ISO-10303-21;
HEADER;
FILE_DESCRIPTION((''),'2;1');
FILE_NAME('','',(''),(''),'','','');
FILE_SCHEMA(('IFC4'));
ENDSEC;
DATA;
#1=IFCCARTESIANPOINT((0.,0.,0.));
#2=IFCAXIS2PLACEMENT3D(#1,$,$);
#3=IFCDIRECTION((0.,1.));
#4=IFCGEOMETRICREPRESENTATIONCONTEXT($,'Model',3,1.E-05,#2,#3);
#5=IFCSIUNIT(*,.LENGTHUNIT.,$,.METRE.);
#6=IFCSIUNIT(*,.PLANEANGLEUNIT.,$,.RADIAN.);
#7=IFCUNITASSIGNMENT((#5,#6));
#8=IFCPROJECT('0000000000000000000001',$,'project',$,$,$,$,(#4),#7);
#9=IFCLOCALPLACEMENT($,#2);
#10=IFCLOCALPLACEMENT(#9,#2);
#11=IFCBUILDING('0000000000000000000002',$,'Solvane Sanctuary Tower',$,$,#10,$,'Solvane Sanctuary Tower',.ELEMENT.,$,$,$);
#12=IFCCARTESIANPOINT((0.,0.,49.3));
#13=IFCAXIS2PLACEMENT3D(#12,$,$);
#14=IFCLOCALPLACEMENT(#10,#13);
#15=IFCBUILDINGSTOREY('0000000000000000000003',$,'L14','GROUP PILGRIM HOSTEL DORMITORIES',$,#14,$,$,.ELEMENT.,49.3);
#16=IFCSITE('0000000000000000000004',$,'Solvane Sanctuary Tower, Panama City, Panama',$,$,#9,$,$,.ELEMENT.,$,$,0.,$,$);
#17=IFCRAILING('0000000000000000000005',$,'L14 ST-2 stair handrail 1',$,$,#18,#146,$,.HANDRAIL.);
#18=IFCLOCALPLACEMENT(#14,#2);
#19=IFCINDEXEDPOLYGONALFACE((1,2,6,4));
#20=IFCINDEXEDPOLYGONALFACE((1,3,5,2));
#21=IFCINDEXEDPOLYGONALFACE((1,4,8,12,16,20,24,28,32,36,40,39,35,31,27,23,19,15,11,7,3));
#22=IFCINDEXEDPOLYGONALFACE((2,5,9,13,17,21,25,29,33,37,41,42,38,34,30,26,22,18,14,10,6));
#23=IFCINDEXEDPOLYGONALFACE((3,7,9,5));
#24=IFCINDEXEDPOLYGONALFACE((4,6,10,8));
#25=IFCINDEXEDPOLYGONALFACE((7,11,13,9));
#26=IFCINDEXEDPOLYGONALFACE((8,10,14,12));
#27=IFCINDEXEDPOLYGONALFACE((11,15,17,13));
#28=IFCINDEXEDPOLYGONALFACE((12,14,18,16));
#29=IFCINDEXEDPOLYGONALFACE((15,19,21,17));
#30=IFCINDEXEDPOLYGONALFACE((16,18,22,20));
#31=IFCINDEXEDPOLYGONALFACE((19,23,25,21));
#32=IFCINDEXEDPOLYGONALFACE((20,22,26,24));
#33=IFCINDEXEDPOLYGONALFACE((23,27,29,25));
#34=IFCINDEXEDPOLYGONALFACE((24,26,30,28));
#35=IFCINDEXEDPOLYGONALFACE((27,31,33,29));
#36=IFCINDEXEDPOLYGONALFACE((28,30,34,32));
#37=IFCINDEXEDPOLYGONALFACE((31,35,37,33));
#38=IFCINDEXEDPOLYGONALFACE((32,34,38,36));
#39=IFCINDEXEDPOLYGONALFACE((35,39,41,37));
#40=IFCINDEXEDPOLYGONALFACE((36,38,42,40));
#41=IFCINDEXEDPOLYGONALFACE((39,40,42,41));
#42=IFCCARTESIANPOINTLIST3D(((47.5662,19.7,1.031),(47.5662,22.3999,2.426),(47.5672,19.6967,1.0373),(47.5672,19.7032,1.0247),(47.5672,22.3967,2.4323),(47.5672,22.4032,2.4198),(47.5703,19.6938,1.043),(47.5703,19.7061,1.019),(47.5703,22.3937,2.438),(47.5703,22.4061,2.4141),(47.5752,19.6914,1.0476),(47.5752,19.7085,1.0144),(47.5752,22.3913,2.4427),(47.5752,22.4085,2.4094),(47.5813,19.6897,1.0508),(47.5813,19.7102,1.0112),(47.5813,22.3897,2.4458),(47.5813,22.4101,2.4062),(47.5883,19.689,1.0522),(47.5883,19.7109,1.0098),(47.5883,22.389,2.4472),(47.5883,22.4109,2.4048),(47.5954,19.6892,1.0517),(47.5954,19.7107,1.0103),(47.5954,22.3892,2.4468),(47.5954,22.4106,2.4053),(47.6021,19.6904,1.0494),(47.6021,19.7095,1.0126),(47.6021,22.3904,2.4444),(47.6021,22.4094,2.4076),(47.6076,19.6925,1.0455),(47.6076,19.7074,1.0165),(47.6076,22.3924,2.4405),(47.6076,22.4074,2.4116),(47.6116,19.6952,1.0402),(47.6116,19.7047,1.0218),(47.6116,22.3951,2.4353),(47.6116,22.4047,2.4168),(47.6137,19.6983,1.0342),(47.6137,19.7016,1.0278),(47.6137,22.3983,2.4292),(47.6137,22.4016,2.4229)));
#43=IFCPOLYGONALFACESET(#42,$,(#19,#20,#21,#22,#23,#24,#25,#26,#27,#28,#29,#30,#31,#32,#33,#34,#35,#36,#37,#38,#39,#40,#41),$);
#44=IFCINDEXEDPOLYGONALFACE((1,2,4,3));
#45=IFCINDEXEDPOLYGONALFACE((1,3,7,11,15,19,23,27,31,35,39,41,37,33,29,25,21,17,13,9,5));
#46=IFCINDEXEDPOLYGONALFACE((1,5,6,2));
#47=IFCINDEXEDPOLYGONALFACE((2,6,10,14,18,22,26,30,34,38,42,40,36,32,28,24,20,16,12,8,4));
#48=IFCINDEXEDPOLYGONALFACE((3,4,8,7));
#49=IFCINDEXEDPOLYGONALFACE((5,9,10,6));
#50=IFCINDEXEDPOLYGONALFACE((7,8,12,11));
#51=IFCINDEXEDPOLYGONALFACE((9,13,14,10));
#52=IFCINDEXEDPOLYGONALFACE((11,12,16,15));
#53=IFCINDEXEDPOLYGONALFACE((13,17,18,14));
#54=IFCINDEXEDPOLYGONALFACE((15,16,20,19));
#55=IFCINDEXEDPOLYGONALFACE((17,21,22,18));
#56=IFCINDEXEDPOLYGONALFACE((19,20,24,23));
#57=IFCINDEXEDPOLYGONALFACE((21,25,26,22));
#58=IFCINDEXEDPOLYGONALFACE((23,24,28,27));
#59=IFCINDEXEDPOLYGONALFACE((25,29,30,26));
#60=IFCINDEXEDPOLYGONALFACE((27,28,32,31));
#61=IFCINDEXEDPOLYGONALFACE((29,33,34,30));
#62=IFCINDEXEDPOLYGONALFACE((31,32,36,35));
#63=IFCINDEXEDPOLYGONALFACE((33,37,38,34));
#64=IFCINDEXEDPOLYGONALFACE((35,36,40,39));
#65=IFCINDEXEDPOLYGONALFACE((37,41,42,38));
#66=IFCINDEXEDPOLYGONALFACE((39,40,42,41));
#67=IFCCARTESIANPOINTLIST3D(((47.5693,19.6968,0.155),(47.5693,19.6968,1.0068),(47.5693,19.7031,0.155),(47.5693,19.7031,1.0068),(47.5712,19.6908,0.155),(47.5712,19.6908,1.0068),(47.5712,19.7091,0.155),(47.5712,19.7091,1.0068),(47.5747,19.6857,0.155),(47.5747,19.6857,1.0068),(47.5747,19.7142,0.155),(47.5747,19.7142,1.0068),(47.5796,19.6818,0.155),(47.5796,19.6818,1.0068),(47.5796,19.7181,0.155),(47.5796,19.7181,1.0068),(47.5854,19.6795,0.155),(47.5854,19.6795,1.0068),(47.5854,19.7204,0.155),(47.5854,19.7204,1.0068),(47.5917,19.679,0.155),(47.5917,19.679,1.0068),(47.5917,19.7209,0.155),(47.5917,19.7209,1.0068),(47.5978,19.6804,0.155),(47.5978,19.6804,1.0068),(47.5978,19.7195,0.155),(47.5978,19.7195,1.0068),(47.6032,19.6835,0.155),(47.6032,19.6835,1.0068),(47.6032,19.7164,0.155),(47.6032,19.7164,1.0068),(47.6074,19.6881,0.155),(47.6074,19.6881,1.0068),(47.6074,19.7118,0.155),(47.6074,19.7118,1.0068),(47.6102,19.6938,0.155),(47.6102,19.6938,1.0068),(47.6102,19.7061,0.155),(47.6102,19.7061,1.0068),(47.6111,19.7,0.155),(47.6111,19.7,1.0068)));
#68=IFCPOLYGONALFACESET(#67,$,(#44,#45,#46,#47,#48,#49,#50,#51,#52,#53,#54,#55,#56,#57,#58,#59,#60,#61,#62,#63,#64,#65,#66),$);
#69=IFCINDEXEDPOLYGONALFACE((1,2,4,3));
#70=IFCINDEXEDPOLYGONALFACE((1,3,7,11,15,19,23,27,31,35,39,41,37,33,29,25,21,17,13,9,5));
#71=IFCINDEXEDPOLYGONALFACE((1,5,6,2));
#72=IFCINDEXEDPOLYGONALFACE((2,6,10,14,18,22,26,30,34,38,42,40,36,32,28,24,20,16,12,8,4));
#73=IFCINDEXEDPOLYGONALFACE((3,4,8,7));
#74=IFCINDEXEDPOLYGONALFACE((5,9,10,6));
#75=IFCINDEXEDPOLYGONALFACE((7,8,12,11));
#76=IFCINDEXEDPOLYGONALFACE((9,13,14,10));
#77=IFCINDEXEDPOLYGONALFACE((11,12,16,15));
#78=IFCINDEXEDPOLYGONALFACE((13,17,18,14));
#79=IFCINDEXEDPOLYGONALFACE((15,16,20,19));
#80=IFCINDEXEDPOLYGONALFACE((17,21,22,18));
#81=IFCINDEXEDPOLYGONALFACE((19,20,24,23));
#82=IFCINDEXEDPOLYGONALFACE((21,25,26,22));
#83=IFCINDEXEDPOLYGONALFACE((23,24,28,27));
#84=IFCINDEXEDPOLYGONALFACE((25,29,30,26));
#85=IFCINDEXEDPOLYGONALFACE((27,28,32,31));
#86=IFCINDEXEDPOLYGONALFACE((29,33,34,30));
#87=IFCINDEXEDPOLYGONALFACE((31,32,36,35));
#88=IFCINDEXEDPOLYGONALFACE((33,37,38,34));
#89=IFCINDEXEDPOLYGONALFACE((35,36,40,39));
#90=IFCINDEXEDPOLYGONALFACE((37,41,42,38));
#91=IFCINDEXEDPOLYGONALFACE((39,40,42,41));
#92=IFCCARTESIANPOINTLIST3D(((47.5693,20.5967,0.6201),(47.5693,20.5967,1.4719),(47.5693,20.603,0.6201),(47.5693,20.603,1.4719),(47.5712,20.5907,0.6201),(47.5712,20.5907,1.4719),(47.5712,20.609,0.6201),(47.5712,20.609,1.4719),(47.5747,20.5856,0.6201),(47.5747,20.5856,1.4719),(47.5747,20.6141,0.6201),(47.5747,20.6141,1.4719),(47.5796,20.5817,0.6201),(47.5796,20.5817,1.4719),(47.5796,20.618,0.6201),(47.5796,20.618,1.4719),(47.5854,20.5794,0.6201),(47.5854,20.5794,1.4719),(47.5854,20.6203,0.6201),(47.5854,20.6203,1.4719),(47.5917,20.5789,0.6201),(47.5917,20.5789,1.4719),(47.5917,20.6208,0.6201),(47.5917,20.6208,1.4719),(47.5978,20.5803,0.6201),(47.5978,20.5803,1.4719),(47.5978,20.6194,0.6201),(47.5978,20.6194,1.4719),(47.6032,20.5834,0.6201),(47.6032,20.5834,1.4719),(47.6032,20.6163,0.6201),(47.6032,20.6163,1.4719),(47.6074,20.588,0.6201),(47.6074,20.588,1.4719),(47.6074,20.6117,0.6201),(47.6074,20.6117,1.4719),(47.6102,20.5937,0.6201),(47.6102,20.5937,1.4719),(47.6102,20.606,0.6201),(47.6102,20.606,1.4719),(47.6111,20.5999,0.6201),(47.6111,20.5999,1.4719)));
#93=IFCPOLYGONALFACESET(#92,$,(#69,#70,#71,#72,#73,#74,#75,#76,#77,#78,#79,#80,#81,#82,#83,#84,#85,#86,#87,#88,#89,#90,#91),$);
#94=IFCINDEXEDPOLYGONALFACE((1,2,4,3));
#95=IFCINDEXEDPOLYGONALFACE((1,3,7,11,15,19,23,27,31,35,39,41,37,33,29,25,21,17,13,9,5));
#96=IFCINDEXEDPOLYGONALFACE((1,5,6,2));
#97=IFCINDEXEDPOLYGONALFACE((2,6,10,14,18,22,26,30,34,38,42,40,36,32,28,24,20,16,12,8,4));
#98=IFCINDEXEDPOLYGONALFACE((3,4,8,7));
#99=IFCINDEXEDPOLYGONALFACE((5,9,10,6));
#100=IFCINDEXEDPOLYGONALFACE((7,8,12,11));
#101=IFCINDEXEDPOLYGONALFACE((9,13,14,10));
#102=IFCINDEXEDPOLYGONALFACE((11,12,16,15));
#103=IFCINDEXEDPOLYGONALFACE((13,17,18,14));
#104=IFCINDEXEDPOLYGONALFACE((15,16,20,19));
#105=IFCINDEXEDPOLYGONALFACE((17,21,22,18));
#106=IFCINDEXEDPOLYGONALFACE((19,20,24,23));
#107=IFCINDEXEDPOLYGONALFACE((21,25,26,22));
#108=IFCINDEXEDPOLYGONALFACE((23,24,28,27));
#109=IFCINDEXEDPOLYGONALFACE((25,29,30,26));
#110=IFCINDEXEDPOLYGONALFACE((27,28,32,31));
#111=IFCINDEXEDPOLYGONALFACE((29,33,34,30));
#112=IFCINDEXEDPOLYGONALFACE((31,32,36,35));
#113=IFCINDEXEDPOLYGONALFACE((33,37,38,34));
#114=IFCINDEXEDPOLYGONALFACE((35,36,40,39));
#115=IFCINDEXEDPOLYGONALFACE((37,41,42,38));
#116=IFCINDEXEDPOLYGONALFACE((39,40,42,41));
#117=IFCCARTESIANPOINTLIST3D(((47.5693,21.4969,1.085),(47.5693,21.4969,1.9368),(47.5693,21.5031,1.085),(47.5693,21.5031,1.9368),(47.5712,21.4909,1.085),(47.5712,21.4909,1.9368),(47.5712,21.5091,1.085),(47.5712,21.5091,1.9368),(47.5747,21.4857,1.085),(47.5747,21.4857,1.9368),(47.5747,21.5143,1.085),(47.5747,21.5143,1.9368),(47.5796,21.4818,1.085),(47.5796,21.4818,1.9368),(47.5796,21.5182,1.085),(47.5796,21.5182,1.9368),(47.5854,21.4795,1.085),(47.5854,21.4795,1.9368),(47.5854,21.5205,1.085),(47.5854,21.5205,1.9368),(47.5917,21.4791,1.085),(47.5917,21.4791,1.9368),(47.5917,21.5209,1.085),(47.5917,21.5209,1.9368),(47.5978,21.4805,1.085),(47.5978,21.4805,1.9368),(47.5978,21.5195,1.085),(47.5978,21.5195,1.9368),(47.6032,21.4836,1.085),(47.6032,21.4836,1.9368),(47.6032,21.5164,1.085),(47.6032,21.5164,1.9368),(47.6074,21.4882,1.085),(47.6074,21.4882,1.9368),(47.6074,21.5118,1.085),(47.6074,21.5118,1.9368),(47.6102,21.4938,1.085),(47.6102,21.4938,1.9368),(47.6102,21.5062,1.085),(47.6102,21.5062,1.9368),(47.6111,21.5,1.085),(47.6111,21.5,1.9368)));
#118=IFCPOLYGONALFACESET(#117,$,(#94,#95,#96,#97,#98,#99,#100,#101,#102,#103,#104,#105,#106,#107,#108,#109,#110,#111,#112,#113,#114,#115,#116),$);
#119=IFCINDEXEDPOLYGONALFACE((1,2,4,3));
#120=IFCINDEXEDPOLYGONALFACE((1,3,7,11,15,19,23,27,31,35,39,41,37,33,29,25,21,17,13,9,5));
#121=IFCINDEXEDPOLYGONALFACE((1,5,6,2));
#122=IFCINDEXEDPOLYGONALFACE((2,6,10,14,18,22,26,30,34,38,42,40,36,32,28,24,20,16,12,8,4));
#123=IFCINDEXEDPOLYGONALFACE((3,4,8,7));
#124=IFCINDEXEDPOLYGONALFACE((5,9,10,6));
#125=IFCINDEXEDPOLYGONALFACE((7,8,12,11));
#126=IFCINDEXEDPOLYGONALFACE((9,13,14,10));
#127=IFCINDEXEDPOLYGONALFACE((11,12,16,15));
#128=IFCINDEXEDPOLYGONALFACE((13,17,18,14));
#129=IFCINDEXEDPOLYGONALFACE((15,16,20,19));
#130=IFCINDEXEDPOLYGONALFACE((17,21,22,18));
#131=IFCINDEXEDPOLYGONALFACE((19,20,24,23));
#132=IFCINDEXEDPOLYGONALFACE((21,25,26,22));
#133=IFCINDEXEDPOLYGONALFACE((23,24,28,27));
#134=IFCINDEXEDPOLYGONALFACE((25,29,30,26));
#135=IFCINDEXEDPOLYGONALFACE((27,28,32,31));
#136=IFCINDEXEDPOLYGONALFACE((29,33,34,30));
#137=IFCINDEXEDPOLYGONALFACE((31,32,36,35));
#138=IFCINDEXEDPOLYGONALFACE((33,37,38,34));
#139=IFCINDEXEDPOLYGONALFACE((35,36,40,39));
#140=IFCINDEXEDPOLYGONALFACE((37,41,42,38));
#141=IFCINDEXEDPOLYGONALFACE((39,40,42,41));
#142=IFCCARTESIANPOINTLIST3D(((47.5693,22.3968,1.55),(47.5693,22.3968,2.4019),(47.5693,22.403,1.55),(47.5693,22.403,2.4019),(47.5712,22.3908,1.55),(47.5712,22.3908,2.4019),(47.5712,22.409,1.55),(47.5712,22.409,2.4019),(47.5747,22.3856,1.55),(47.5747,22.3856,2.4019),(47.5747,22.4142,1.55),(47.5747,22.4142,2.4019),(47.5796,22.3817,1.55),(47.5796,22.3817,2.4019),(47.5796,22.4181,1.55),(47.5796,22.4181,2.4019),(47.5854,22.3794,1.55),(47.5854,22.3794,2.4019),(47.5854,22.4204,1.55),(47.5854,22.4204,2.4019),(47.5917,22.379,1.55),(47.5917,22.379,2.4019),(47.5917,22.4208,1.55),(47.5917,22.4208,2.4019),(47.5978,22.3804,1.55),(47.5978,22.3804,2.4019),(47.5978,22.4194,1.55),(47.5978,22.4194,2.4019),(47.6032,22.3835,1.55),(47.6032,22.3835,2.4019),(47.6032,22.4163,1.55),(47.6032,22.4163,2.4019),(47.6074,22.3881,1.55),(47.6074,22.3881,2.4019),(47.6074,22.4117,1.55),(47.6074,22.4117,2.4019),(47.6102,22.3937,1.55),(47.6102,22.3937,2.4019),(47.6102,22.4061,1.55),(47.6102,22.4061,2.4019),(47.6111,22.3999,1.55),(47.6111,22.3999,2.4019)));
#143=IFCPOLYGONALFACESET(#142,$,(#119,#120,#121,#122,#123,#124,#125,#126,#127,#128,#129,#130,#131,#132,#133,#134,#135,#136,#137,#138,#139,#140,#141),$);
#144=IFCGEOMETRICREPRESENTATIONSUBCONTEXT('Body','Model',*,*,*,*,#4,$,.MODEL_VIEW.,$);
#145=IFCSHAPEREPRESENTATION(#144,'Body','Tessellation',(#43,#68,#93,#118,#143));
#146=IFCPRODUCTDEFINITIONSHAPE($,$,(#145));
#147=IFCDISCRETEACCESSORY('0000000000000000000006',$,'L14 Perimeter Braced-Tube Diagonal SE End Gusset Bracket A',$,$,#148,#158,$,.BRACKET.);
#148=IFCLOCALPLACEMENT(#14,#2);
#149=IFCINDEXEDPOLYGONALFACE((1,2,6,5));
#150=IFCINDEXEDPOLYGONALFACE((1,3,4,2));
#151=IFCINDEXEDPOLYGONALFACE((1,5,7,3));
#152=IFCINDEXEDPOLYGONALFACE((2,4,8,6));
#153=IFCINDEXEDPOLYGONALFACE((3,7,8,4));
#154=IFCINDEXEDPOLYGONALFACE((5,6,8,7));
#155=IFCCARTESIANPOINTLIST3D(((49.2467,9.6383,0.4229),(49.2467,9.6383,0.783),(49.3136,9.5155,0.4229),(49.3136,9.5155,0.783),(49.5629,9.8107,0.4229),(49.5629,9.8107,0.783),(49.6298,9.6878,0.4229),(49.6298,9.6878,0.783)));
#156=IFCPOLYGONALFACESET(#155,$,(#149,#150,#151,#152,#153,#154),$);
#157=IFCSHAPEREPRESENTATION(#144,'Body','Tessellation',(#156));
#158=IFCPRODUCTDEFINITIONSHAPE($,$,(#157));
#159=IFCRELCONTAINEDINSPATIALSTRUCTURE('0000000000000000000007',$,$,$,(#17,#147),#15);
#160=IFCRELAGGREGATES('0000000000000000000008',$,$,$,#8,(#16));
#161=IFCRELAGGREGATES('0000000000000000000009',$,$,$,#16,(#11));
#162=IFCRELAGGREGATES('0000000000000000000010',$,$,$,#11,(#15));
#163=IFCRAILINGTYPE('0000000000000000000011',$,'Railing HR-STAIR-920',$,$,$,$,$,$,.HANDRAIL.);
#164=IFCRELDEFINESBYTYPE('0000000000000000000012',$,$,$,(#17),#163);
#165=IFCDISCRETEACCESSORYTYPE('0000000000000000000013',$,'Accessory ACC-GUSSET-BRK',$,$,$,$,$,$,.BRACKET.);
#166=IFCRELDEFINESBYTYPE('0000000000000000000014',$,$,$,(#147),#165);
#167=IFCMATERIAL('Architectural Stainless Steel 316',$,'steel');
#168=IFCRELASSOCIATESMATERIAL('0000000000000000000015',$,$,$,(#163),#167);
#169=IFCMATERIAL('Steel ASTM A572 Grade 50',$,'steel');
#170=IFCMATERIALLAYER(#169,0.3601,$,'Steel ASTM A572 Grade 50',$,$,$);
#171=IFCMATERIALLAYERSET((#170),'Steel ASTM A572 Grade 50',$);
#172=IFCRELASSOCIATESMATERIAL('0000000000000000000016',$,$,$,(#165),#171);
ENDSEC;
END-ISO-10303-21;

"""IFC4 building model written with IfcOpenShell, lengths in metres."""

from ifc_helpers import new_model, si_unit, direction, frame, origin, origin_2d, place, context, subcontext, project, spatial, rectangle, circle, extrude, material, layer, layer_set, type_object, element, save


model = new_model("IFC4")

# Units and contexts
model_context = context("Model", 3, precision=1e-05, world=origin(), true_north=direction((0.0, 1.0)))
body_context = subcontext(model_context, "Body", "Model", "MODEL_VIEW")
ifc_project = project(units=[si_unit("LENGTHUNIT", "METRE"), si_unit("PLANEANGLEUNIT", "RADIAN")], contexts=[model_context])

# Site, building, storey
site_placement = place(None, origin())
site = spatial("IfcSite", under=ifc_project, at=site_placement, Name="Solvane Sanctuary Tower, Panama City, Panama", CompositionType="ELEMENT", RefElevation=0.0)
building_placement = place(site_placement, origin())
building = spatial("IfcBuilding", under=site, at=building_placement, Name="Solvane Sanctuary Tower", LongName="Solvane Sanctuary Tower", CompositionType="ELEMENT")
storey_placement = place(building_placement, frame((0.0, 0.0, 49.3)))
storey = spatial("IfcBuildingStorey", under=building, at=storey_placement, Name="L14", Description="GROUP PILGRIM HOSTEL DORMITORIES", CompositionType="ELEMENT", Elevation=49.3)

# Shared definitions
ifc_material_1 = material(Name="Architectural Stainless Steel 316", Category="steel")

# Railing
railing_type_1 = type_object("IfcRailingType", Name="Railing HR-STAIR-920", PredefinedType="HANDRAIL", material=ifc_material_1)
railing_1_placement = place(storey_placement, frame((47.5901, 19.7, 0.155)))
element("IfcRailing", 1, at=railing_1_placement, inside=storey, type_object=railing_type_1, Name="L14 ST-2 stair handrail 1", PredefinedType="HANDRAIL", context=body_context, shape_type="SweptSolid", body=[
    extrude(circle(Radius=0.0239, at=origin_2d()), frame((0.0, 0.0, 0.876), z_axis=(0.0, 0.88842, 0.459032), x_axis=(-1.0, 0.0, 0.0)), (0.0, 0.0, 1.0), 3.0391),
    extrude(circle(Radius=0.021, at=origin_2d()), origin(), (0.0, 0.0, 1.0), 0.8518),
    extrude(circle(Radius=0.021, at=origin_2d()), frame((0.0, 0.8999, 0.4651)), (0.0, 0.0, 1.0), 0.8518),
    extrude(circle(Radius=0.021, at=origin_2d()), frame((0.0, 1.8, 0.9299)), (0.0, 0.0, 1.0), 0.8518),
    extrude(circle(Radius=0.021, at=origin_2d()), frame((0.0, 2.7, 1.395)), (0.0, 0.0, 1.0), 0.8518),
])

# Discrete accessory
ifc_material_2 = material(Name="Steel ASTM A572 Grade 50", Category="steel")
ifc_layer_1 = layer(ifc_material_2, 0.3601, Name="Steel ASTM A572 Grade 50")
ifc_layer_set_1 = layer_set([ifc_layer_1], Name="Steel ASTM A572 Grade 50")
discrete_accessory_type = type_object("IfcDiscreteAccessoryType", Name="Accessory ACC-GUSSET-BRK", PredefinedType="BRACKET", material=ifc_layer_set_1)
discrete_accessory_placement = place(storey_placement, frame((49.4382, 9.6631, 0.4229), z_axis=(0.0, 0.0, 1.0), x_axis=(-0.878067, -0.478539, 0.0)))
element("IfcDiscreteAccessory", 2, at=discrete_accessory_placement, inside=storey, type_object=discrete_accessory_type, Name="L14 Perimeter Braced-Tube Diagonal SE End Gusset Bracket A", PredefinedType="BRACKET", context=body_context, shape_type="SweptSolid", body=[
    extrude(rectangle(XDim=0.3601, YDim=0.1399, at=origin_2d()), origin(), (0.0, 0.0, 1.0), 0.3601),
])

save(model, "model.ifc")
